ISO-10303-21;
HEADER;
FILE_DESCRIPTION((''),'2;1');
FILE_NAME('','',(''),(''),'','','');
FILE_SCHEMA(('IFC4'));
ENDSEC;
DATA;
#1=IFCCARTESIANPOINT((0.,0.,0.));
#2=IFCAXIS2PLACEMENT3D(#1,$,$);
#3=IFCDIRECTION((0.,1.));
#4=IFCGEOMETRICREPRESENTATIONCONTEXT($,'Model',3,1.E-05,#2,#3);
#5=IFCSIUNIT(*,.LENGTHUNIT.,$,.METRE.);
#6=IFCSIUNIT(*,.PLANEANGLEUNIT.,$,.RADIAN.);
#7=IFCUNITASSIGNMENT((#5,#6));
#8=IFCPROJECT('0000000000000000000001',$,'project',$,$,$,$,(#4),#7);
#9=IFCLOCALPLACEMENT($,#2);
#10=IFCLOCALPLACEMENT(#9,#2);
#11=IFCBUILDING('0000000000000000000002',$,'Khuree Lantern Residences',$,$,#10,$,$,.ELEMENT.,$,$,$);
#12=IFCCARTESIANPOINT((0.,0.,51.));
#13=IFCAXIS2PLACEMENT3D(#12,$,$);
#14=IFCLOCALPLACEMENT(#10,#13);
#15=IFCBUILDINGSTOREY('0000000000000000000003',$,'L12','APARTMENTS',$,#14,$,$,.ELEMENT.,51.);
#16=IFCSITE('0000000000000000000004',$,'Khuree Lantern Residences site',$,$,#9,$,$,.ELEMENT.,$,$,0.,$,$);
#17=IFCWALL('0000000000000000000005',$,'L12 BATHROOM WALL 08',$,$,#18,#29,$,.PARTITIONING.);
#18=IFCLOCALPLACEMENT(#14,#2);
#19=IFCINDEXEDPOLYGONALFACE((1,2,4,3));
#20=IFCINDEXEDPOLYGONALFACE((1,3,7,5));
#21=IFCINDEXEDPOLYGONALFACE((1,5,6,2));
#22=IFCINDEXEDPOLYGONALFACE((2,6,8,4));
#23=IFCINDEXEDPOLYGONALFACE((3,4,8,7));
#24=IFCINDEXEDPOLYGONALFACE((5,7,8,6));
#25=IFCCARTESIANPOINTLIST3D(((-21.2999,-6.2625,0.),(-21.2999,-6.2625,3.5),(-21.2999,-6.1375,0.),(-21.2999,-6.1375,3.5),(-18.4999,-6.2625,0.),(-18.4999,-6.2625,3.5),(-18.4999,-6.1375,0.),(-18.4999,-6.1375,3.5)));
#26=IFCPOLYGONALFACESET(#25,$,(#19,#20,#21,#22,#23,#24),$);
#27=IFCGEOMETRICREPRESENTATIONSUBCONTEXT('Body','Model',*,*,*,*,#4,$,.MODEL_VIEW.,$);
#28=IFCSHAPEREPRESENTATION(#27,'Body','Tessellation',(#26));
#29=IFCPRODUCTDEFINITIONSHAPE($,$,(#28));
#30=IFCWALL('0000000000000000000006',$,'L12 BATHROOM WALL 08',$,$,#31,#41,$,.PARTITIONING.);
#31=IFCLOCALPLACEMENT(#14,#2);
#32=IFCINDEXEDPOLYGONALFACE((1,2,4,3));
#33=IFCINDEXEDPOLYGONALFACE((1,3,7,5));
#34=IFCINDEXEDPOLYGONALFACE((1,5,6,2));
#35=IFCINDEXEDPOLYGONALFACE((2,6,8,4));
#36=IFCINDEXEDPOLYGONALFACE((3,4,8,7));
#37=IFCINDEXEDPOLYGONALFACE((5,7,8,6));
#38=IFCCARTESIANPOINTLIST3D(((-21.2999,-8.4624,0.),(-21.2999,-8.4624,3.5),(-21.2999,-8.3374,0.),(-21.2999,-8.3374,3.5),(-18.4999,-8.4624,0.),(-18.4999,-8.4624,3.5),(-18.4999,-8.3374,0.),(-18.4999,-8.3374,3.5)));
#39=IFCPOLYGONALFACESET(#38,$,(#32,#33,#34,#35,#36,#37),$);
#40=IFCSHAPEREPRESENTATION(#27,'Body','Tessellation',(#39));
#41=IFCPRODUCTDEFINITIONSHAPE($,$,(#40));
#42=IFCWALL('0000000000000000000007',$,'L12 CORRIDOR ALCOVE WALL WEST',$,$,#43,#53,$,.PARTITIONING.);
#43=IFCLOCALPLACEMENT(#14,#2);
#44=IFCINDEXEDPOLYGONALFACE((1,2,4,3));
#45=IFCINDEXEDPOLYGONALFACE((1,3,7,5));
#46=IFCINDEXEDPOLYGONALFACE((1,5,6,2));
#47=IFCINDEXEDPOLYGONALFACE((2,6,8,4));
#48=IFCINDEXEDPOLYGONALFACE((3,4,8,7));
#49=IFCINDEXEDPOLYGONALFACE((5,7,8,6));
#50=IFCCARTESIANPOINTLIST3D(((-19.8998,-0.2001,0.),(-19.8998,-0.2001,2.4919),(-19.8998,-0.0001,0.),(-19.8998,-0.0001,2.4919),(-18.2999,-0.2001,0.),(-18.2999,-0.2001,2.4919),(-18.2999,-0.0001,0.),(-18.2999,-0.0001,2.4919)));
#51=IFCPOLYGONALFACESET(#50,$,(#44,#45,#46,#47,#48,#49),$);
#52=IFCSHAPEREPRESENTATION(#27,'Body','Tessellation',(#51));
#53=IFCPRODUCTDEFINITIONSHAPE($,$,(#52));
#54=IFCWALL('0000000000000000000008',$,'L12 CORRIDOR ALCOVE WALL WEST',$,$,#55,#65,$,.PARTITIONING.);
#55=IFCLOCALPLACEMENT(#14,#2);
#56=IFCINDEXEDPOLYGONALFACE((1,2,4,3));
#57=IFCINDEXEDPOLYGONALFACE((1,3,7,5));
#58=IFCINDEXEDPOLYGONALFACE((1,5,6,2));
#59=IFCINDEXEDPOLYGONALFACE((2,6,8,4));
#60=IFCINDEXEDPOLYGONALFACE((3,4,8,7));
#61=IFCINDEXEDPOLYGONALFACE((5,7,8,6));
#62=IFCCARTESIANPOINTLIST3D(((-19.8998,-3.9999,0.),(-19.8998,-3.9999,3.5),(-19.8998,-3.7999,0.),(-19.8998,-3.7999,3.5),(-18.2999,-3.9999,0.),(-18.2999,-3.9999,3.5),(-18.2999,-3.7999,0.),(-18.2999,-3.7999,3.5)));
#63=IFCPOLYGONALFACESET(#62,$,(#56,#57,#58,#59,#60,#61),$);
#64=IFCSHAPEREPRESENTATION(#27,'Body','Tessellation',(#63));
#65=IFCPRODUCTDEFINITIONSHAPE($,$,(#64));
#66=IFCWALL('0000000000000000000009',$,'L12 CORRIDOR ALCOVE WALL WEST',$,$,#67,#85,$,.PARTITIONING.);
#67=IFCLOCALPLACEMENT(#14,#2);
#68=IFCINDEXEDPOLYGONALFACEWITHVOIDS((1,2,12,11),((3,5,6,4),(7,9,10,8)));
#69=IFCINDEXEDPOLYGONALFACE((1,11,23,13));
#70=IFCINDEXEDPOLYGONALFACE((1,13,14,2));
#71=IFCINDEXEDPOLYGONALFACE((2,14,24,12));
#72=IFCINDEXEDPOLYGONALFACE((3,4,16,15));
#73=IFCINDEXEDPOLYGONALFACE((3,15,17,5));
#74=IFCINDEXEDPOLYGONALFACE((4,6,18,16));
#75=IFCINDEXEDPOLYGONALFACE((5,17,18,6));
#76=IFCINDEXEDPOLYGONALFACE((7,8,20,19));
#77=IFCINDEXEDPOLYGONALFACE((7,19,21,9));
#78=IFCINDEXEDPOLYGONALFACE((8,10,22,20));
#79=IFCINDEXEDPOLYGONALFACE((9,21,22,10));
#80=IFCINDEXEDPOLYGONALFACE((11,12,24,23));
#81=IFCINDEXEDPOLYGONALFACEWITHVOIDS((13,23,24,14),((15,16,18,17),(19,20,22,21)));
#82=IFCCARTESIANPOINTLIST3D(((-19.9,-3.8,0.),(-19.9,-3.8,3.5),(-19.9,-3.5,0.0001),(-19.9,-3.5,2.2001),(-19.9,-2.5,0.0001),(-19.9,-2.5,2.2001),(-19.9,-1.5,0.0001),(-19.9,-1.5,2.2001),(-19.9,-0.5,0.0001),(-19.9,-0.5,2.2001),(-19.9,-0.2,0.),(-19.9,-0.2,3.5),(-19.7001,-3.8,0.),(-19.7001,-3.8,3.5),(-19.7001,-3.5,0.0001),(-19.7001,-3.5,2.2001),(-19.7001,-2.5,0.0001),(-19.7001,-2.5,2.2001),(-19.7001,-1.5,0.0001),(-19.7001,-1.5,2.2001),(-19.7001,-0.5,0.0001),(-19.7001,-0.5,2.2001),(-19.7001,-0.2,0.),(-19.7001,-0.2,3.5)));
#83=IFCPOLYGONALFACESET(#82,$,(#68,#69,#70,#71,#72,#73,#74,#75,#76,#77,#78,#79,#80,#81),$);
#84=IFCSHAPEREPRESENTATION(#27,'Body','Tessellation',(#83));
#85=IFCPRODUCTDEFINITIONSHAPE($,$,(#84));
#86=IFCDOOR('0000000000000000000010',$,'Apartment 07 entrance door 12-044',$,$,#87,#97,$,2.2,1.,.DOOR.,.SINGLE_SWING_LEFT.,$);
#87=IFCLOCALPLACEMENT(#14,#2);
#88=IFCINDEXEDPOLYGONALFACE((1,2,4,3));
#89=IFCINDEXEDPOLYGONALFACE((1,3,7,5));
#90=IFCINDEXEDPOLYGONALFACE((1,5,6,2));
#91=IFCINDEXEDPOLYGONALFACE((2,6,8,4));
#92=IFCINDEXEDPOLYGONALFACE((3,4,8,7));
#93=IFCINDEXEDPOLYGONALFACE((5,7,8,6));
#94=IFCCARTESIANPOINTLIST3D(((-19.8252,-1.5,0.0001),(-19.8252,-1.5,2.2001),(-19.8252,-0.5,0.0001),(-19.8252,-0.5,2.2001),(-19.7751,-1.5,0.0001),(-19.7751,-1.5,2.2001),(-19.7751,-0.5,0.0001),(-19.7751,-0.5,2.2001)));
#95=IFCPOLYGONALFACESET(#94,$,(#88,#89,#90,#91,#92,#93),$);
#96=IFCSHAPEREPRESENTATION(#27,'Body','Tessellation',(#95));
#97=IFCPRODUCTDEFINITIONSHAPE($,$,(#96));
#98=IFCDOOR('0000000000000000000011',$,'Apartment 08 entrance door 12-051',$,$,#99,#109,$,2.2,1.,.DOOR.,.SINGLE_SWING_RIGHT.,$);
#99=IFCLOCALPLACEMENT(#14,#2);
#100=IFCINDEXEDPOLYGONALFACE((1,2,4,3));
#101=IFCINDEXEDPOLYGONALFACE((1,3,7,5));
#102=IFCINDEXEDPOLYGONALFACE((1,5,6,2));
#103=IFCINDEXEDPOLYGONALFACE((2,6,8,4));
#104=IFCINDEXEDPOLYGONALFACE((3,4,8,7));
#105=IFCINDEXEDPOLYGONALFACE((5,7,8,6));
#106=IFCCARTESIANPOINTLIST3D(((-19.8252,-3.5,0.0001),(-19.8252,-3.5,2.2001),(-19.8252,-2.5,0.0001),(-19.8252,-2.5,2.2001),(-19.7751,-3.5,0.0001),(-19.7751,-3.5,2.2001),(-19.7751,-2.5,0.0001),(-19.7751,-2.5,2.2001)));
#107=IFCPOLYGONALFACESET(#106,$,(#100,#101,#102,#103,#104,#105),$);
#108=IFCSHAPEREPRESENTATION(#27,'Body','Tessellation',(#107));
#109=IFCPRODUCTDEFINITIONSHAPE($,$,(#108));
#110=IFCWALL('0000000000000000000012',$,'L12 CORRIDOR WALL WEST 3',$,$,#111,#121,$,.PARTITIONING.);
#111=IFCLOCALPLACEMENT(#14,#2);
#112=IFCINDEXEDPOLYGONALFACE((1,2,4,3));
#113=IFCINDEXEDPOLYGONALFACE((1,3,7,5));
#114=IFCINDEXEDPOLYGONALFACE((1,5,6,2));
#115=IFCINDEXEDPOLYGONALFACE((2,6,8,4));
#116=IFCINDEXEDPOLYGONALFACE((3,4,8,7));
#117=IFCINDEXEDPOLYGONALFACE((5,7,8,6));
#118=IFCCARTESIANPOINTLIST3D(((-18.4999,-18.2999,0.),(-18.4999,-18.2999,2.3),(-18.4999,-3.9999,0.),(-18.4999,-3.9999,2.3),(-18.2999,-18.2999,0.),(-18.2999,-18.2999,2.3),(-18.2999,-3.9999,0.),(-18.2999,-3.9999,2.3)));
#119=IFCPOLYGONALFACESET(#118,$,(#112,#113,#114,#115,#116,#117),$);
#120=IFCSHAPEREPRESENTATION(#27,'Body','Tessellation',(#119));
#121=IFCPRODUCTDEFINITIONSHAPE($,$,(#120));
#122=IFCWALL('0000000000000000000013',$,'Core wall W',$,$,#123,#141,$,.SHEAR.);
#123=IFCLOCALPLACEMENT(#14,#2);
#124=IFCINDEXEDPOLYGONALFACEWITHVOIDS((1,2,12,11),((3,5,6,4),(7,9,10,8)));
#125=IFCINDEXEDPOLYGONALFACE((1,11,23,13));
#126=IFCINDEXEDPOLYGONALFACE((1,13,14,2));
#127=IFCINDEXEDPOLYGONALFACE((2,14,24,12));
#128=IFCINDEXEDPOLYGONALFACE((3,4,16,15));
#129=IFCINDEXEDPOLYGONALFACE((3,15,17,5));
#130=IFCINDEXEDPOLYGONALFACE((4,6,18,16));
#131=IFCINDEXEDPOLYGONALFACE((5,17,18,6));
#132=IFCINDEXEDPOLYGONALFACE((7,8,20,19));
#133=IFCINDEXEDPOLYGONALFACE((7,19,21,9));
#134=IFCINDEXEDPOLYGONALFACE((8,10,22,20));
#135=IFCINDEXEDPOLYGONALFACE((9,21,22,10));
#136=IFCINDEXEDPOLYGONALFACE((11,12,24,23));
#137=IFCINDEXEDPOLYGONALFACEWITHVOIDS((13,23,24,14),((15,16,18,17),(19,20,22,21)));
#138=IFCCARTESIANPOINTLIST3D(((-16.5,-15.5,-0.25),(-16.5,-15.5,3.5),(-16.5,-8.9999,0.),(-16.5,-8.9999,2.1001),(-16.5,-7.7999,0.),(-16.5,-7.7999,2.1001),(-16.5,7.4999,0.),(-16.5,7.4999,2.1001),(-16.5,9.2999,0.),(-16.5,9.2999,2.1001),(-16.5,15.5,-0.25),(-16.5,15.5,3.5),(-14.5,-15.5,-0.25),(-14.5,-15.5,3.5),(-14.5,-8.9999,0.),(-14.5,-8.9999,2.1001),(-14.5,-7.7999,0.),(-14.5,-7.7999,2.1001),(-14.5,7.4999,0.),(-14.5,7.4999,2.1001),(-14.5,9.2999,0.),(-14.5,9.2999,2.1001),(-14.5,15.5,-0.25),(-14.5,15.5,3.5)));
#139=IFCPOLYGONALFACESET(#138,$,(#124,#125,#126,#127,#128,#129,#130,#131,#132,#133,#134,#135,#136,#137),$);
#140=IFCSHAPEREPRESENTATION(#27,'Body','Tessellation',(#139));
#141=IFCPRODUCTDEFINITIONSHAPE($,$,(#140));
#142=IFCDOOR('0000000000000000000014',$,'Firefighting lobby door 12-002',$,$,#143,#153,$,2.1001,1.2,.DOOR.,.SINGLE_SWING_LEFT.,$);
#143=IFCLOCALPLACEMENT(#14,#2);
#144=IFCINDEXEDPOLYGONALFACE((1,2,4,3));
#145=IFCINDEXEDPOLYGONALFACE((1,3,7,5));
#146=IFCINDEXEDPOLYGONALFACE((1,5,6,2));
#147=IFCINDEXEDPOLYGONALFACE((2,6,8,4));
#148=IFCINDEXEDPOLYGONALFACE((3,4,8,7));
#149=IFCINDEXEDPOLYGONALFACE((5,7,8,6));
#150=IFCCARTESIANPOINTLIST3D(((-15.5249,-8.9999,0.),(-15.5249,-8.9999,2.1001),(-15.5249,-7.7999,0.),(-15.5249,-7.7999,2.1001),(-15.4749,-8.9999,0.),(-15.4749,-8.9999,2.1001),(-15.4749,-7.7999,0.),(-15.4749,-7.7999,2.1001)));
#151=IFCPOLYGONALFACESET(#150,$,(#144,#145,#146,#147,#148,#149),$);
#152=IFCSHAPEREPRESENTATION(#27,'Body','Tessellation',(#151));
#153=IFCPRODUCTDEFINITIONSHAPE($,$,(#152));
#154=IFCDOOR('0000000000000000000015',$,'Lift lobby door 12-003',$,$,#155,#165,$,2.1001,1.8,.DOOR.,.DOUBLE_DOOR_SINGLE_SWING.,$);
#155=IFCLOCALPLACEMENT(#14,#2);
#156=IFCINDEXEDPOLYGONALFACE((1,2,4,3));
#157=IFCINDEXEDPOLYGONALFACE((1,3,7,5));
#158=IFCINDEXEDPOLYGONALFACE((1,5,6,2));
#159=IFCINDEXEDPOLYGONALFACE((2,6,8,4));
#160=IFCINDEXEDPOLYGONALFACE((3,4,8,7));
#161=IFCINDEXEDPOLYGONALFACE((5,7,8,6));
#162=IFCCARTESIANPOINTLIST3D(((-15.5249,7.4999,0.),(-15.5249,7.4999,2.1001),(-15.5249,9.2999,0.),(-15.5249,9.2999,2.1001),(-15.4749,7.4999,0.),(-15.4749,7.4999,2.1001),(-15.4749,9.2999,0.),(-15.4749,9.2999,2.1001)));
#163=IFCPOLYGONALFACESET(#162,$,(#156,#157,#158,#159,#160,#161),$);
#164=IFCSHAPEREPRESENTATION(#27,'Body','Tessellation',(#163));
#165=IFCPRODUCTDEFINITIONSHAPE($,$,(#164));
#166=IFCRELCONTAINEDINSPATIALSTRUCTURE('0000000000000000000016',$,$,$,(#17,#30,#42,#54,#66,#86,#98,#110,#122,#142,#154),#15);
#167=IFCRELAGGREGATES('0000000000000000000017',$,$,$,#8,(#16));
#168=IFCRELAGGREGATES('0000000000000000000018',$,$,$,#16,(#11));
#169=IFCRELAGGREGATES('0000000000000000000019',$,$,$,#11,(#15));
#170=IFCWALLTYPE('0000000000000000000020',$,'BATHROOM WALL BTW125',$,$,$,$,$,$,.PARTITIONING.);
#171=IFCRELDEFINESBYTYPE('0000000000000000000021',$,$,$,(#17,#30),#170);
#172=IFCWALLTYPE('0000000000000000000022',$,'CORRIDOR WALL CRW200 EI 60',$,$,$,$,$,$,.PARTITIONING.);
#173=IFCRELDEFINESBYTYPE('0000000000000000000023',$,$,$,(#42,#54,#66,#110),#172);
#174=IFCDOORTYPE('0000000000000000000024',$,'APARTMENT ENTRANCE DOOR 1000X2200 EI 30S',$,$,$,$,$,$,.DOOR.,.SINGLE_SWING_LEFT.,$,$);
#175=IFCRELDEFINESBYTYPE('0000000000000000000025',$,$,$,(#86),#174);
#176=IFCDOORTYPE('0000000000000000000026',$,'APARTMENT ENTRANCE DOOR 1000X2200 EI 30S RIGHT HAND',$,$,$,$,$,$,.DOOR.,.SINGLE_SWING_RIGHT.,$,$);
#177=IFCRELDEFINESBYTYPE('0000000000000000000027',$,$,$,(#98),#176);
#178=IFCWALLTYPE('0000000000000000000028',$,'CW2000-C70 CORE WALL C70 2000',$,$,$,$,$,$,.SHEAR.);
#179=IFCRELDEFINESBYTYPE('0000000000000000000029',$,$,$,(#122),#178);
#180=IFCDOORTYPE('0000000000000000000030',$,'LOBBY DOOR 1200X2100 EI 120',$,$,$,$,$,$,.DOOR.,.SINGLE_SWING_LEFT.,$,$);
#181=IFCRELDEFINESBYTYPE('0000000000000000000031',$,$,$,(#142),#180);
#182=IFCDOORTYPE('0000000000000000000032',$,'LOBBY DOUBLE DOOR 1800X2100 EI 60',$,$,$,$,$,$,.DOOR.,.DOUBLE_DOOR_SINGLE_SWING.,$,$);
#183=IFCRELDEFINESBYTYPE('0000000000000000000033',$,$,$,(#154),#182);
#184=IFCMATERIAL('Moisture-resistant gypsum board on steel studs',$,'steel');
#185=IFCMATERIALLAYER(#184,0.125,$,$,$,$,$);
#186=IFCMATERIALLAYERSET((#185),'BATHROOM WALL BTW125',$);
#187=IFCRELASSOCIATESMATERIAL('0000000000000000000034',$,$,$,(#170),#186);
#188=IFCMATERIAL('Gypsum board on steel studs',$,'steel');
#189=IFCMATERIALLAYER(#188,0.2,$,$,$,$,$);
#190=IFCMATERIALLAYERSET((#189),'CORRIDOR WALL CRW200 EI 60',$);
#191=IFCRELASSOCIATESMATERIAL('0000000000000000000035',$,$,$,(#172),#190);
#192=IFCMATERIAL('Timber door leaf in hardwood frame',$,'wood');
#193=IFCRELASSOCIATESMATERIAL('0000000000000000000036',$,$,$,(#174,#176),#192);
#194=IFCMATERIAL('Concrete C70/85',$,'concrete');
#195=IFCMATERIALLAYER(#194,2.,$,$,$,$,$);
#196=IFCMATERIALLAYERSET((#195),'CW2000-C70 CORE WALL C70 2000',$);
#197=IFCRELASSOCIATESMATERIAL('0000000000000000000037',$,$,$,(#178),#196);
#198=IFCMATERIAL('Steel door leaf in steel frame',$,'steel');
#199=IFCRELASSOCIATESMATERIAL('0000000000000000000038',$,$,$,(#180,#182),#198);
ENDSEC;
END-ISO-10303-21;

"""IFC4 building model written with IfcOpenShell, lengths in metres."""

from ifc_helpers import new_model, si_unit, direction, frame, frame_2d, origin, place, context, subcontext, project, spatial, rectangle, extrude, material, layer, layer_set, type_object, element, fill, save


model = new_model("IFC4")

# Units and contexts
model_context = context("Model", 3, precision=1e-05, world=origin(), true_north=direction((0.0, 1.0)))
body_context = subcontext(model_context, "Body", "Model", "MODEL_VIEW")
ifc_project = project(units=[si_unit("LENGTHUNIT", "METRE"), si_unit("PLANEANGLEUNIT", "RADIAN")], contexts=[model_context])

# Site, building, storey
site_placement = place(None, origin())
site = spatial("IfcSite", under=ifc_project, at=site_placement, Name="Khuree Lantern Residences site", CompositionType="ELEMENT", RefElevation=0.0)
building_placement = place(site_placement, origin())
building = spatial("IfcBuilding", under=site, at=building_placement, Name="Khuree Lantern Residences", CompositionType="ELEMENT")
storey_placement = place(building_placement, frame((0.0, 0.0, 51.0)))
storey = spatial("IfcBuildingStorey", under=building, at=storey_placement, Name="L12", Description="APARTMENTS", CompositionType="ELEMENT", Elevation=51.0)

# Walls
ifc_material_1 = material(Name="Moisture-resistant gypsum board on steel studs", Category="steel")
ifc_layer_1 = layer(ifc_material_1, 0.125)
ifc_layer_set_1 = layer_set([ifc_layer_1], Name="BATHROOM WALL BTW125")
wall_type_1 = type_object("IfcWallType", Name="BATHROOM WALL BTW125", PredefinedType="PARTITIONING", material=ifc_layer_set_1)
for number, where, z_axis, x_axis, name in (
    (1, (-18.5, -6.2, 0.0), (0.0, 0.0, 1.0), (-1.0, 0.0, 0.0), "L12 BATHROOM WALL 08"),
    (2, (-18.5, -8.3999, 0.0), (0.0, 0.0, 1.0), (-1.0, 0.0, 0.0), "L12 BATHROOM WALL 08"),
):
    element("IfcWall", number, at=place(storey_placement, frame(where, z_axis=z_axis, x_axis=x_axis)), inside=storey, type_object=wall_type_1, Name=name, PredefinedType="PARTITIONING", context=body_context, shape_type="SweptSolid", body=[
        extrude(rectangle(XDim=2.8, YDim=0.125, at=frame_2d((1.3999, 0.0))), origin(), (0.0, 0.0, 1.0), 3.5),
    ])
ifc_material_2 = material(Name="Gypsum board on steel studs", Category="steel")
ifc_layer_2 = layer(ifc_material_2, 0.2)
ifc_layer_set_2 = layer_set([ifc_layer_2], Name="CORRIDOR WALL CRW200 EI 60")
wall_type_2 = type_object("IfcWallType", Name="CORRIDOR WALL CRW200 EI 60", PredefinedType="PARTITIONING", material=ifc_layer_set_2)
wall_1_placement = place(storey_placement, frame((-18.3, -0.1001, 0.0), z_axis=(0.0, 0.0, 1.0), x_axis=(-1.0, 0.0, 0.0)))
element("IfcWall", 3, at=wall_1_placement, inside=storey, type_object=wall_type_2, Name="L12 CORRIDOR ALCOVE WALL WEST", PredefinedType="PARTITIONING", context=body_context, shape_type="SweptSolid", body=[
    extrude(rectangle(XDim=1.5999, YDim=0.2, at=frame_2d((0.7998, 0.0))), origin(), (0.0, 0.0, 1.0), 2.4919),
])
wall_2_placement = place(storey_placement, frame((-18.3, -3.8999, 0.0), z_axis=(0.0, 0.0, 1.0), x_axis=(-1.0, 0.0, 0.0)))
element("IfcWall", 4, at=wall_2_placement, inside=storey, type_object=wall_type_2, Name="L12 CORRIDOR ALCOVE WALL WEST", PredefinedType="PARTITIONING", context=body_context, shape_type="SweptSolid", body=[
    extrude(rectangle(XDim=1.5999, YDim=0.2, at=frame_2d((0.7998, 0.0))), origin(), (0.0, 0.0, 1.0), 3.5),
])

# Wall, openings, doors
wall_3_placement = place(storey_placement, frame((-19.8, -0.2, 0.0), z_axis=(0.0, 0.0, 1.0), x_axis=(0.0, -1.0, 0.0)))
wall_3 = element("IfcWall", 5, at=wall_3_placement, inside=storey, type_object=wall_type_2, Name="L12 CORRIDOR ALCOVE WALL WEST", PredefinedType="PARTITIONING", context=body_context, shape_type="SweptSolid", body=[
    extrude(rectangle(XDim=3.6001, YDim=0.2, at=frame_2d((1.8, 0.0))), origin(), (0.0, 0.0, 1.0), 3.5),
])
opening_1_placement = place(wall_3_placement, frame((0.3, 0.0, 0.0)))
opening_1 = element("IfcOpeningElement", 6, at=opening_1_placement, cuts=wall_3, PredefinedType="OPENING", context=body_context, shape_type="SweptSolid", body=[
    extrude(rectangle(XDim=1.0, YDim=2.2, at=frame_2d((0.5, 1.1001))), frame((0.0, 0.1099, 0.0), z_axis=(0.0, -1.0, 0.0), x_axis=(1.0, 0.0, 0.0)), (0.0, 0.0, 1.0), 0.22),
])
opening_2_placement = place(wall_3_placement, frame((2.3, 0.0, 0.0)))
opening_2 = element("IfcOpeningElement", 7, at=opening_2_placement, cuts=wall_3, PredefinedType="OPENING", context=body_context, shape_type="SweptSolid", body=[
    extrude(rectangle(XDim=1.0, YDim=2.2, at=frame_2d((0.5, 1.1001))), frame((0.0, 0.1099, 0.0), z_axis=(0.0, -1.0, 0.0), x_axis=(1.0, 0.0, 0.0)), (0.0, 0.0, 1.0), 0.22),
])
ifc_material_3 = material(Name="Timber door leaf in hardwood frame", Category="wood")
door_type_1 = type_object("IfcDoorType", Name="APARTMENT ENTRANCE DOOR 1000X2200 EI 30S", OperationType="SINGLE_SWING_LEFT", PredefinedType="DOOR", material=ifc_material_3)
door_1_placement = place(opening_1_placement, origin())
door_1 = element("IfcDoor", 8, at=door_1_placement, inside=storey, type_object=door_type_1, Name="Apartment 07 entrance door 12-044", OperationType="SINGLE_SWING_LEFT", OverallHeight=2.2, OverallWidth=1.0, PredefinedType="DOOR", context=body_context, shape_type="SweptSolid", body=[
    extrude(rectangle(XDim=1.0, YDim=2.2, at=frame_2d((0.5, 1.1001))), frame((0.0, 0.0249, 0.0), z_axis=(0.0, -1.0, 0.0), x_axis=(1.0, 0.0, 0.0)), (0.0, 0.0, 1.0), 0.05),
])
fill(opening_1, door_1)
door_type_2 = type_object("IfcDoorType", Name="APARTMENT ENTRANCE DOOR 1000X2200 EI 30S RIGHT HAND", OperationType="SINGLE_SWING_RIGHT", PredefinedType="DOOR", material=ifc_material_3)
door_2_placement = place(opening_2_placement, origin())
door_2 = element("IfcDoor", 9, at=door_2_placement, inside=storey, type_object=door_type_2, Name="Apartment 08 entrance door 12-051", OperationType="SINGLE_SWING_RIGHT", OverallHeight=2.2, OverallWidth=1.0, PredefinedType="DOOR", context=body_context, shape_type="SweptSolid", body=[
    extrude(rectangle(XDim=1.0, YDim=2.2, at=frame_2d((0.5, 1.1001))), frame((0.0, 0.0249, 0.0), z_axis=(0.0, -1.0, 0.0), x_axis=(1.0, 0.0, 0.0)), (0.0, 0.0, 1.0), 0.05),
])
fill(opening_2, door_2)

# Wall
wall_4_placement = place(storey_placement, frame((-18.3999, -4.0, 0.0), z_axis=(0.0, 0.0, 1.0), x_axis=(0.0, -1.0, 0.0)))
element("IfcWall", 10, at=wall_4_placement, inside=storey, type_object=wall_type_2, Name="L12 CORRIDOR WALL WEST 3", PredefinedType="PARTITIONING", context=body_context, shape_type="SweptSolid", body=[
    extrude(rectangle(XDim=14.3, YDim=0.2, at=frame_2d((7.1499, 0.0))), origin(), (0.0, 0.0, 1.0), 2.3),
])

# Wall, openings, doors
ifc_material_4 = material(Name="Concrete C70/85", Category="concrete")
ifc_layer_3 = layer(ifc_material_4, 2.0)
ifc_layer_set_3 = layer_set([ifc_layer_3], Name="CW2000-C70 CORE WALL C70 2000")
wall_type_3 = type_object("IfcWallType", Name="CW2000-C70 CORE WALL C70 2000", PredefinedType="SHEAR", material=ifc_layer_set_3)
wall_5_placement = place(storey_placement, frame((-15.5, -15.5, -0.25), z_axis=(0.0, 0.0, 1.0), x_axis=(0.0, 1.0, 0.0)))
wall_5 = element("IfcWall", 11, at=wall_5_placement, inside=storey, type_object=wall_type_3, Name="Core wall W", PredefinedType="SHEAR", context=body_context, shape_type="SweptSolid", body=[
    extrude(rectangle(XDim=31.0, YDim=2.0, at=frame_2d((15.5, 0.0))), origin(), (0.0, 0.0, 1.0), 3.75),
])
opening_3_placement = place(wall_5_placement, frame((6.5, 0.0, 0.25)))
opening_3 = element("IfcOpeningElement", 12, at=opening_3_placement, cuts=wall_5, PredefinedType="OPENING", context=body_context, shape_type="SweptSolid", body=[
    extrude(rectangle(XDim=1.2, YDim=2.1001, at=frame_2d((0.6001, 1.05))), frame((0.0, 1.01, 0.0), z_axis=(0.0, -1.0, 0.0), x_axis=(1.0, 0.0, 0.0)), (0.0, 0.0, 1.0), 2.02),
])
opening_4_placement = place(wall_5_placement, frame((23.0, 0.0, 0.25)))
opening_4 = element("IfcOpeningElement", 13, at=opening_4_placement, cuts=wall_5, PredefinedType="OPENING", context=body_context, shape_type="SweptSolid", body=[
    extrude(rectangle(XDim=1.8, YDim=2.1001, at=frame_2d((0.8999, 1.05))), frame((0.0, 1.01, 0.0), z_axis=(0.0, -1.0, 0.0), x_axis=(1.0, 0.0, 0.0)), (0.0, 0.0, 1.0), 2.02),
])
ifc_material_5 = material(Name="Steel door leaf in steel frame", Category="steel")
door_type_3 = type_object("IfcDoorType", Name="LOBBY DOOR 1200X2100 EI 120", OperationType="SINGLE_SWING_LEFT", PredefinedType="DOOR", material=ifc_material_5)
door_3_placement = place(opening_3_placement, origin())
door_3 = element("IfcDoor", 14, at=door_3_placement, inside=storey, type_object=door_type_3, Name="Firefighting lobby door 12-002", OperationType="SINGLE_SWING_LEFT", OverallHeight=2.1001, OverallWidth=1.2, PredefinedType="DOOR", context=body_context, shape_type="SweptSolid", body=[
    extrude(rectangle(XDim=1.2, YDim=2.1001, at=frame_2d((0.6001, 1.05))), frame((0.0, 0.0249, 0.0), z_axis=(0.0, -1.0, 0.0), x_axis=(1.0, 0.0, 0.0)), (0.0, 0.0, 1.0), 0.05),
])
fill(opening_3, door_3)
door_type_4 = type_object("IfcDoorType", Name="LOBBY DOUBLE DOOR 1800X2100 EI 60", OperationType="DOUBLE_DOOR_SINGLE_SWING", PredefinedType="DOOR", material=ifc_material_5)
door_4_placement = place(opening_4_placement, origin())
door_4 = element("IfcDoor", 15, at=door_4_placement, inside=storey, type_object=door_type_4, Name="Lift lobby door 12-003", OperationType="DOUBLE_DOOR_SINGLE_SWING", OverallHeight=2.1001, OverallWidth=1.8, PredefinedType="DOOR", context=body_context, shape_type="SweptSolid", body=[
    extrude(rectangle(XDim=1.8, YDim=2.1001, at=frame_2d((0.8999, 1.05))), frame((0.0, 0.0249, 0.0), z_axis=(0.0, -1.0, 0.0), x_axis=(1.0, 0.0, 0.0)), (0.0, 0.0, 1.0), 0.05),
])
fill(opening_4, door_4)

save(model, "model.ifc")
